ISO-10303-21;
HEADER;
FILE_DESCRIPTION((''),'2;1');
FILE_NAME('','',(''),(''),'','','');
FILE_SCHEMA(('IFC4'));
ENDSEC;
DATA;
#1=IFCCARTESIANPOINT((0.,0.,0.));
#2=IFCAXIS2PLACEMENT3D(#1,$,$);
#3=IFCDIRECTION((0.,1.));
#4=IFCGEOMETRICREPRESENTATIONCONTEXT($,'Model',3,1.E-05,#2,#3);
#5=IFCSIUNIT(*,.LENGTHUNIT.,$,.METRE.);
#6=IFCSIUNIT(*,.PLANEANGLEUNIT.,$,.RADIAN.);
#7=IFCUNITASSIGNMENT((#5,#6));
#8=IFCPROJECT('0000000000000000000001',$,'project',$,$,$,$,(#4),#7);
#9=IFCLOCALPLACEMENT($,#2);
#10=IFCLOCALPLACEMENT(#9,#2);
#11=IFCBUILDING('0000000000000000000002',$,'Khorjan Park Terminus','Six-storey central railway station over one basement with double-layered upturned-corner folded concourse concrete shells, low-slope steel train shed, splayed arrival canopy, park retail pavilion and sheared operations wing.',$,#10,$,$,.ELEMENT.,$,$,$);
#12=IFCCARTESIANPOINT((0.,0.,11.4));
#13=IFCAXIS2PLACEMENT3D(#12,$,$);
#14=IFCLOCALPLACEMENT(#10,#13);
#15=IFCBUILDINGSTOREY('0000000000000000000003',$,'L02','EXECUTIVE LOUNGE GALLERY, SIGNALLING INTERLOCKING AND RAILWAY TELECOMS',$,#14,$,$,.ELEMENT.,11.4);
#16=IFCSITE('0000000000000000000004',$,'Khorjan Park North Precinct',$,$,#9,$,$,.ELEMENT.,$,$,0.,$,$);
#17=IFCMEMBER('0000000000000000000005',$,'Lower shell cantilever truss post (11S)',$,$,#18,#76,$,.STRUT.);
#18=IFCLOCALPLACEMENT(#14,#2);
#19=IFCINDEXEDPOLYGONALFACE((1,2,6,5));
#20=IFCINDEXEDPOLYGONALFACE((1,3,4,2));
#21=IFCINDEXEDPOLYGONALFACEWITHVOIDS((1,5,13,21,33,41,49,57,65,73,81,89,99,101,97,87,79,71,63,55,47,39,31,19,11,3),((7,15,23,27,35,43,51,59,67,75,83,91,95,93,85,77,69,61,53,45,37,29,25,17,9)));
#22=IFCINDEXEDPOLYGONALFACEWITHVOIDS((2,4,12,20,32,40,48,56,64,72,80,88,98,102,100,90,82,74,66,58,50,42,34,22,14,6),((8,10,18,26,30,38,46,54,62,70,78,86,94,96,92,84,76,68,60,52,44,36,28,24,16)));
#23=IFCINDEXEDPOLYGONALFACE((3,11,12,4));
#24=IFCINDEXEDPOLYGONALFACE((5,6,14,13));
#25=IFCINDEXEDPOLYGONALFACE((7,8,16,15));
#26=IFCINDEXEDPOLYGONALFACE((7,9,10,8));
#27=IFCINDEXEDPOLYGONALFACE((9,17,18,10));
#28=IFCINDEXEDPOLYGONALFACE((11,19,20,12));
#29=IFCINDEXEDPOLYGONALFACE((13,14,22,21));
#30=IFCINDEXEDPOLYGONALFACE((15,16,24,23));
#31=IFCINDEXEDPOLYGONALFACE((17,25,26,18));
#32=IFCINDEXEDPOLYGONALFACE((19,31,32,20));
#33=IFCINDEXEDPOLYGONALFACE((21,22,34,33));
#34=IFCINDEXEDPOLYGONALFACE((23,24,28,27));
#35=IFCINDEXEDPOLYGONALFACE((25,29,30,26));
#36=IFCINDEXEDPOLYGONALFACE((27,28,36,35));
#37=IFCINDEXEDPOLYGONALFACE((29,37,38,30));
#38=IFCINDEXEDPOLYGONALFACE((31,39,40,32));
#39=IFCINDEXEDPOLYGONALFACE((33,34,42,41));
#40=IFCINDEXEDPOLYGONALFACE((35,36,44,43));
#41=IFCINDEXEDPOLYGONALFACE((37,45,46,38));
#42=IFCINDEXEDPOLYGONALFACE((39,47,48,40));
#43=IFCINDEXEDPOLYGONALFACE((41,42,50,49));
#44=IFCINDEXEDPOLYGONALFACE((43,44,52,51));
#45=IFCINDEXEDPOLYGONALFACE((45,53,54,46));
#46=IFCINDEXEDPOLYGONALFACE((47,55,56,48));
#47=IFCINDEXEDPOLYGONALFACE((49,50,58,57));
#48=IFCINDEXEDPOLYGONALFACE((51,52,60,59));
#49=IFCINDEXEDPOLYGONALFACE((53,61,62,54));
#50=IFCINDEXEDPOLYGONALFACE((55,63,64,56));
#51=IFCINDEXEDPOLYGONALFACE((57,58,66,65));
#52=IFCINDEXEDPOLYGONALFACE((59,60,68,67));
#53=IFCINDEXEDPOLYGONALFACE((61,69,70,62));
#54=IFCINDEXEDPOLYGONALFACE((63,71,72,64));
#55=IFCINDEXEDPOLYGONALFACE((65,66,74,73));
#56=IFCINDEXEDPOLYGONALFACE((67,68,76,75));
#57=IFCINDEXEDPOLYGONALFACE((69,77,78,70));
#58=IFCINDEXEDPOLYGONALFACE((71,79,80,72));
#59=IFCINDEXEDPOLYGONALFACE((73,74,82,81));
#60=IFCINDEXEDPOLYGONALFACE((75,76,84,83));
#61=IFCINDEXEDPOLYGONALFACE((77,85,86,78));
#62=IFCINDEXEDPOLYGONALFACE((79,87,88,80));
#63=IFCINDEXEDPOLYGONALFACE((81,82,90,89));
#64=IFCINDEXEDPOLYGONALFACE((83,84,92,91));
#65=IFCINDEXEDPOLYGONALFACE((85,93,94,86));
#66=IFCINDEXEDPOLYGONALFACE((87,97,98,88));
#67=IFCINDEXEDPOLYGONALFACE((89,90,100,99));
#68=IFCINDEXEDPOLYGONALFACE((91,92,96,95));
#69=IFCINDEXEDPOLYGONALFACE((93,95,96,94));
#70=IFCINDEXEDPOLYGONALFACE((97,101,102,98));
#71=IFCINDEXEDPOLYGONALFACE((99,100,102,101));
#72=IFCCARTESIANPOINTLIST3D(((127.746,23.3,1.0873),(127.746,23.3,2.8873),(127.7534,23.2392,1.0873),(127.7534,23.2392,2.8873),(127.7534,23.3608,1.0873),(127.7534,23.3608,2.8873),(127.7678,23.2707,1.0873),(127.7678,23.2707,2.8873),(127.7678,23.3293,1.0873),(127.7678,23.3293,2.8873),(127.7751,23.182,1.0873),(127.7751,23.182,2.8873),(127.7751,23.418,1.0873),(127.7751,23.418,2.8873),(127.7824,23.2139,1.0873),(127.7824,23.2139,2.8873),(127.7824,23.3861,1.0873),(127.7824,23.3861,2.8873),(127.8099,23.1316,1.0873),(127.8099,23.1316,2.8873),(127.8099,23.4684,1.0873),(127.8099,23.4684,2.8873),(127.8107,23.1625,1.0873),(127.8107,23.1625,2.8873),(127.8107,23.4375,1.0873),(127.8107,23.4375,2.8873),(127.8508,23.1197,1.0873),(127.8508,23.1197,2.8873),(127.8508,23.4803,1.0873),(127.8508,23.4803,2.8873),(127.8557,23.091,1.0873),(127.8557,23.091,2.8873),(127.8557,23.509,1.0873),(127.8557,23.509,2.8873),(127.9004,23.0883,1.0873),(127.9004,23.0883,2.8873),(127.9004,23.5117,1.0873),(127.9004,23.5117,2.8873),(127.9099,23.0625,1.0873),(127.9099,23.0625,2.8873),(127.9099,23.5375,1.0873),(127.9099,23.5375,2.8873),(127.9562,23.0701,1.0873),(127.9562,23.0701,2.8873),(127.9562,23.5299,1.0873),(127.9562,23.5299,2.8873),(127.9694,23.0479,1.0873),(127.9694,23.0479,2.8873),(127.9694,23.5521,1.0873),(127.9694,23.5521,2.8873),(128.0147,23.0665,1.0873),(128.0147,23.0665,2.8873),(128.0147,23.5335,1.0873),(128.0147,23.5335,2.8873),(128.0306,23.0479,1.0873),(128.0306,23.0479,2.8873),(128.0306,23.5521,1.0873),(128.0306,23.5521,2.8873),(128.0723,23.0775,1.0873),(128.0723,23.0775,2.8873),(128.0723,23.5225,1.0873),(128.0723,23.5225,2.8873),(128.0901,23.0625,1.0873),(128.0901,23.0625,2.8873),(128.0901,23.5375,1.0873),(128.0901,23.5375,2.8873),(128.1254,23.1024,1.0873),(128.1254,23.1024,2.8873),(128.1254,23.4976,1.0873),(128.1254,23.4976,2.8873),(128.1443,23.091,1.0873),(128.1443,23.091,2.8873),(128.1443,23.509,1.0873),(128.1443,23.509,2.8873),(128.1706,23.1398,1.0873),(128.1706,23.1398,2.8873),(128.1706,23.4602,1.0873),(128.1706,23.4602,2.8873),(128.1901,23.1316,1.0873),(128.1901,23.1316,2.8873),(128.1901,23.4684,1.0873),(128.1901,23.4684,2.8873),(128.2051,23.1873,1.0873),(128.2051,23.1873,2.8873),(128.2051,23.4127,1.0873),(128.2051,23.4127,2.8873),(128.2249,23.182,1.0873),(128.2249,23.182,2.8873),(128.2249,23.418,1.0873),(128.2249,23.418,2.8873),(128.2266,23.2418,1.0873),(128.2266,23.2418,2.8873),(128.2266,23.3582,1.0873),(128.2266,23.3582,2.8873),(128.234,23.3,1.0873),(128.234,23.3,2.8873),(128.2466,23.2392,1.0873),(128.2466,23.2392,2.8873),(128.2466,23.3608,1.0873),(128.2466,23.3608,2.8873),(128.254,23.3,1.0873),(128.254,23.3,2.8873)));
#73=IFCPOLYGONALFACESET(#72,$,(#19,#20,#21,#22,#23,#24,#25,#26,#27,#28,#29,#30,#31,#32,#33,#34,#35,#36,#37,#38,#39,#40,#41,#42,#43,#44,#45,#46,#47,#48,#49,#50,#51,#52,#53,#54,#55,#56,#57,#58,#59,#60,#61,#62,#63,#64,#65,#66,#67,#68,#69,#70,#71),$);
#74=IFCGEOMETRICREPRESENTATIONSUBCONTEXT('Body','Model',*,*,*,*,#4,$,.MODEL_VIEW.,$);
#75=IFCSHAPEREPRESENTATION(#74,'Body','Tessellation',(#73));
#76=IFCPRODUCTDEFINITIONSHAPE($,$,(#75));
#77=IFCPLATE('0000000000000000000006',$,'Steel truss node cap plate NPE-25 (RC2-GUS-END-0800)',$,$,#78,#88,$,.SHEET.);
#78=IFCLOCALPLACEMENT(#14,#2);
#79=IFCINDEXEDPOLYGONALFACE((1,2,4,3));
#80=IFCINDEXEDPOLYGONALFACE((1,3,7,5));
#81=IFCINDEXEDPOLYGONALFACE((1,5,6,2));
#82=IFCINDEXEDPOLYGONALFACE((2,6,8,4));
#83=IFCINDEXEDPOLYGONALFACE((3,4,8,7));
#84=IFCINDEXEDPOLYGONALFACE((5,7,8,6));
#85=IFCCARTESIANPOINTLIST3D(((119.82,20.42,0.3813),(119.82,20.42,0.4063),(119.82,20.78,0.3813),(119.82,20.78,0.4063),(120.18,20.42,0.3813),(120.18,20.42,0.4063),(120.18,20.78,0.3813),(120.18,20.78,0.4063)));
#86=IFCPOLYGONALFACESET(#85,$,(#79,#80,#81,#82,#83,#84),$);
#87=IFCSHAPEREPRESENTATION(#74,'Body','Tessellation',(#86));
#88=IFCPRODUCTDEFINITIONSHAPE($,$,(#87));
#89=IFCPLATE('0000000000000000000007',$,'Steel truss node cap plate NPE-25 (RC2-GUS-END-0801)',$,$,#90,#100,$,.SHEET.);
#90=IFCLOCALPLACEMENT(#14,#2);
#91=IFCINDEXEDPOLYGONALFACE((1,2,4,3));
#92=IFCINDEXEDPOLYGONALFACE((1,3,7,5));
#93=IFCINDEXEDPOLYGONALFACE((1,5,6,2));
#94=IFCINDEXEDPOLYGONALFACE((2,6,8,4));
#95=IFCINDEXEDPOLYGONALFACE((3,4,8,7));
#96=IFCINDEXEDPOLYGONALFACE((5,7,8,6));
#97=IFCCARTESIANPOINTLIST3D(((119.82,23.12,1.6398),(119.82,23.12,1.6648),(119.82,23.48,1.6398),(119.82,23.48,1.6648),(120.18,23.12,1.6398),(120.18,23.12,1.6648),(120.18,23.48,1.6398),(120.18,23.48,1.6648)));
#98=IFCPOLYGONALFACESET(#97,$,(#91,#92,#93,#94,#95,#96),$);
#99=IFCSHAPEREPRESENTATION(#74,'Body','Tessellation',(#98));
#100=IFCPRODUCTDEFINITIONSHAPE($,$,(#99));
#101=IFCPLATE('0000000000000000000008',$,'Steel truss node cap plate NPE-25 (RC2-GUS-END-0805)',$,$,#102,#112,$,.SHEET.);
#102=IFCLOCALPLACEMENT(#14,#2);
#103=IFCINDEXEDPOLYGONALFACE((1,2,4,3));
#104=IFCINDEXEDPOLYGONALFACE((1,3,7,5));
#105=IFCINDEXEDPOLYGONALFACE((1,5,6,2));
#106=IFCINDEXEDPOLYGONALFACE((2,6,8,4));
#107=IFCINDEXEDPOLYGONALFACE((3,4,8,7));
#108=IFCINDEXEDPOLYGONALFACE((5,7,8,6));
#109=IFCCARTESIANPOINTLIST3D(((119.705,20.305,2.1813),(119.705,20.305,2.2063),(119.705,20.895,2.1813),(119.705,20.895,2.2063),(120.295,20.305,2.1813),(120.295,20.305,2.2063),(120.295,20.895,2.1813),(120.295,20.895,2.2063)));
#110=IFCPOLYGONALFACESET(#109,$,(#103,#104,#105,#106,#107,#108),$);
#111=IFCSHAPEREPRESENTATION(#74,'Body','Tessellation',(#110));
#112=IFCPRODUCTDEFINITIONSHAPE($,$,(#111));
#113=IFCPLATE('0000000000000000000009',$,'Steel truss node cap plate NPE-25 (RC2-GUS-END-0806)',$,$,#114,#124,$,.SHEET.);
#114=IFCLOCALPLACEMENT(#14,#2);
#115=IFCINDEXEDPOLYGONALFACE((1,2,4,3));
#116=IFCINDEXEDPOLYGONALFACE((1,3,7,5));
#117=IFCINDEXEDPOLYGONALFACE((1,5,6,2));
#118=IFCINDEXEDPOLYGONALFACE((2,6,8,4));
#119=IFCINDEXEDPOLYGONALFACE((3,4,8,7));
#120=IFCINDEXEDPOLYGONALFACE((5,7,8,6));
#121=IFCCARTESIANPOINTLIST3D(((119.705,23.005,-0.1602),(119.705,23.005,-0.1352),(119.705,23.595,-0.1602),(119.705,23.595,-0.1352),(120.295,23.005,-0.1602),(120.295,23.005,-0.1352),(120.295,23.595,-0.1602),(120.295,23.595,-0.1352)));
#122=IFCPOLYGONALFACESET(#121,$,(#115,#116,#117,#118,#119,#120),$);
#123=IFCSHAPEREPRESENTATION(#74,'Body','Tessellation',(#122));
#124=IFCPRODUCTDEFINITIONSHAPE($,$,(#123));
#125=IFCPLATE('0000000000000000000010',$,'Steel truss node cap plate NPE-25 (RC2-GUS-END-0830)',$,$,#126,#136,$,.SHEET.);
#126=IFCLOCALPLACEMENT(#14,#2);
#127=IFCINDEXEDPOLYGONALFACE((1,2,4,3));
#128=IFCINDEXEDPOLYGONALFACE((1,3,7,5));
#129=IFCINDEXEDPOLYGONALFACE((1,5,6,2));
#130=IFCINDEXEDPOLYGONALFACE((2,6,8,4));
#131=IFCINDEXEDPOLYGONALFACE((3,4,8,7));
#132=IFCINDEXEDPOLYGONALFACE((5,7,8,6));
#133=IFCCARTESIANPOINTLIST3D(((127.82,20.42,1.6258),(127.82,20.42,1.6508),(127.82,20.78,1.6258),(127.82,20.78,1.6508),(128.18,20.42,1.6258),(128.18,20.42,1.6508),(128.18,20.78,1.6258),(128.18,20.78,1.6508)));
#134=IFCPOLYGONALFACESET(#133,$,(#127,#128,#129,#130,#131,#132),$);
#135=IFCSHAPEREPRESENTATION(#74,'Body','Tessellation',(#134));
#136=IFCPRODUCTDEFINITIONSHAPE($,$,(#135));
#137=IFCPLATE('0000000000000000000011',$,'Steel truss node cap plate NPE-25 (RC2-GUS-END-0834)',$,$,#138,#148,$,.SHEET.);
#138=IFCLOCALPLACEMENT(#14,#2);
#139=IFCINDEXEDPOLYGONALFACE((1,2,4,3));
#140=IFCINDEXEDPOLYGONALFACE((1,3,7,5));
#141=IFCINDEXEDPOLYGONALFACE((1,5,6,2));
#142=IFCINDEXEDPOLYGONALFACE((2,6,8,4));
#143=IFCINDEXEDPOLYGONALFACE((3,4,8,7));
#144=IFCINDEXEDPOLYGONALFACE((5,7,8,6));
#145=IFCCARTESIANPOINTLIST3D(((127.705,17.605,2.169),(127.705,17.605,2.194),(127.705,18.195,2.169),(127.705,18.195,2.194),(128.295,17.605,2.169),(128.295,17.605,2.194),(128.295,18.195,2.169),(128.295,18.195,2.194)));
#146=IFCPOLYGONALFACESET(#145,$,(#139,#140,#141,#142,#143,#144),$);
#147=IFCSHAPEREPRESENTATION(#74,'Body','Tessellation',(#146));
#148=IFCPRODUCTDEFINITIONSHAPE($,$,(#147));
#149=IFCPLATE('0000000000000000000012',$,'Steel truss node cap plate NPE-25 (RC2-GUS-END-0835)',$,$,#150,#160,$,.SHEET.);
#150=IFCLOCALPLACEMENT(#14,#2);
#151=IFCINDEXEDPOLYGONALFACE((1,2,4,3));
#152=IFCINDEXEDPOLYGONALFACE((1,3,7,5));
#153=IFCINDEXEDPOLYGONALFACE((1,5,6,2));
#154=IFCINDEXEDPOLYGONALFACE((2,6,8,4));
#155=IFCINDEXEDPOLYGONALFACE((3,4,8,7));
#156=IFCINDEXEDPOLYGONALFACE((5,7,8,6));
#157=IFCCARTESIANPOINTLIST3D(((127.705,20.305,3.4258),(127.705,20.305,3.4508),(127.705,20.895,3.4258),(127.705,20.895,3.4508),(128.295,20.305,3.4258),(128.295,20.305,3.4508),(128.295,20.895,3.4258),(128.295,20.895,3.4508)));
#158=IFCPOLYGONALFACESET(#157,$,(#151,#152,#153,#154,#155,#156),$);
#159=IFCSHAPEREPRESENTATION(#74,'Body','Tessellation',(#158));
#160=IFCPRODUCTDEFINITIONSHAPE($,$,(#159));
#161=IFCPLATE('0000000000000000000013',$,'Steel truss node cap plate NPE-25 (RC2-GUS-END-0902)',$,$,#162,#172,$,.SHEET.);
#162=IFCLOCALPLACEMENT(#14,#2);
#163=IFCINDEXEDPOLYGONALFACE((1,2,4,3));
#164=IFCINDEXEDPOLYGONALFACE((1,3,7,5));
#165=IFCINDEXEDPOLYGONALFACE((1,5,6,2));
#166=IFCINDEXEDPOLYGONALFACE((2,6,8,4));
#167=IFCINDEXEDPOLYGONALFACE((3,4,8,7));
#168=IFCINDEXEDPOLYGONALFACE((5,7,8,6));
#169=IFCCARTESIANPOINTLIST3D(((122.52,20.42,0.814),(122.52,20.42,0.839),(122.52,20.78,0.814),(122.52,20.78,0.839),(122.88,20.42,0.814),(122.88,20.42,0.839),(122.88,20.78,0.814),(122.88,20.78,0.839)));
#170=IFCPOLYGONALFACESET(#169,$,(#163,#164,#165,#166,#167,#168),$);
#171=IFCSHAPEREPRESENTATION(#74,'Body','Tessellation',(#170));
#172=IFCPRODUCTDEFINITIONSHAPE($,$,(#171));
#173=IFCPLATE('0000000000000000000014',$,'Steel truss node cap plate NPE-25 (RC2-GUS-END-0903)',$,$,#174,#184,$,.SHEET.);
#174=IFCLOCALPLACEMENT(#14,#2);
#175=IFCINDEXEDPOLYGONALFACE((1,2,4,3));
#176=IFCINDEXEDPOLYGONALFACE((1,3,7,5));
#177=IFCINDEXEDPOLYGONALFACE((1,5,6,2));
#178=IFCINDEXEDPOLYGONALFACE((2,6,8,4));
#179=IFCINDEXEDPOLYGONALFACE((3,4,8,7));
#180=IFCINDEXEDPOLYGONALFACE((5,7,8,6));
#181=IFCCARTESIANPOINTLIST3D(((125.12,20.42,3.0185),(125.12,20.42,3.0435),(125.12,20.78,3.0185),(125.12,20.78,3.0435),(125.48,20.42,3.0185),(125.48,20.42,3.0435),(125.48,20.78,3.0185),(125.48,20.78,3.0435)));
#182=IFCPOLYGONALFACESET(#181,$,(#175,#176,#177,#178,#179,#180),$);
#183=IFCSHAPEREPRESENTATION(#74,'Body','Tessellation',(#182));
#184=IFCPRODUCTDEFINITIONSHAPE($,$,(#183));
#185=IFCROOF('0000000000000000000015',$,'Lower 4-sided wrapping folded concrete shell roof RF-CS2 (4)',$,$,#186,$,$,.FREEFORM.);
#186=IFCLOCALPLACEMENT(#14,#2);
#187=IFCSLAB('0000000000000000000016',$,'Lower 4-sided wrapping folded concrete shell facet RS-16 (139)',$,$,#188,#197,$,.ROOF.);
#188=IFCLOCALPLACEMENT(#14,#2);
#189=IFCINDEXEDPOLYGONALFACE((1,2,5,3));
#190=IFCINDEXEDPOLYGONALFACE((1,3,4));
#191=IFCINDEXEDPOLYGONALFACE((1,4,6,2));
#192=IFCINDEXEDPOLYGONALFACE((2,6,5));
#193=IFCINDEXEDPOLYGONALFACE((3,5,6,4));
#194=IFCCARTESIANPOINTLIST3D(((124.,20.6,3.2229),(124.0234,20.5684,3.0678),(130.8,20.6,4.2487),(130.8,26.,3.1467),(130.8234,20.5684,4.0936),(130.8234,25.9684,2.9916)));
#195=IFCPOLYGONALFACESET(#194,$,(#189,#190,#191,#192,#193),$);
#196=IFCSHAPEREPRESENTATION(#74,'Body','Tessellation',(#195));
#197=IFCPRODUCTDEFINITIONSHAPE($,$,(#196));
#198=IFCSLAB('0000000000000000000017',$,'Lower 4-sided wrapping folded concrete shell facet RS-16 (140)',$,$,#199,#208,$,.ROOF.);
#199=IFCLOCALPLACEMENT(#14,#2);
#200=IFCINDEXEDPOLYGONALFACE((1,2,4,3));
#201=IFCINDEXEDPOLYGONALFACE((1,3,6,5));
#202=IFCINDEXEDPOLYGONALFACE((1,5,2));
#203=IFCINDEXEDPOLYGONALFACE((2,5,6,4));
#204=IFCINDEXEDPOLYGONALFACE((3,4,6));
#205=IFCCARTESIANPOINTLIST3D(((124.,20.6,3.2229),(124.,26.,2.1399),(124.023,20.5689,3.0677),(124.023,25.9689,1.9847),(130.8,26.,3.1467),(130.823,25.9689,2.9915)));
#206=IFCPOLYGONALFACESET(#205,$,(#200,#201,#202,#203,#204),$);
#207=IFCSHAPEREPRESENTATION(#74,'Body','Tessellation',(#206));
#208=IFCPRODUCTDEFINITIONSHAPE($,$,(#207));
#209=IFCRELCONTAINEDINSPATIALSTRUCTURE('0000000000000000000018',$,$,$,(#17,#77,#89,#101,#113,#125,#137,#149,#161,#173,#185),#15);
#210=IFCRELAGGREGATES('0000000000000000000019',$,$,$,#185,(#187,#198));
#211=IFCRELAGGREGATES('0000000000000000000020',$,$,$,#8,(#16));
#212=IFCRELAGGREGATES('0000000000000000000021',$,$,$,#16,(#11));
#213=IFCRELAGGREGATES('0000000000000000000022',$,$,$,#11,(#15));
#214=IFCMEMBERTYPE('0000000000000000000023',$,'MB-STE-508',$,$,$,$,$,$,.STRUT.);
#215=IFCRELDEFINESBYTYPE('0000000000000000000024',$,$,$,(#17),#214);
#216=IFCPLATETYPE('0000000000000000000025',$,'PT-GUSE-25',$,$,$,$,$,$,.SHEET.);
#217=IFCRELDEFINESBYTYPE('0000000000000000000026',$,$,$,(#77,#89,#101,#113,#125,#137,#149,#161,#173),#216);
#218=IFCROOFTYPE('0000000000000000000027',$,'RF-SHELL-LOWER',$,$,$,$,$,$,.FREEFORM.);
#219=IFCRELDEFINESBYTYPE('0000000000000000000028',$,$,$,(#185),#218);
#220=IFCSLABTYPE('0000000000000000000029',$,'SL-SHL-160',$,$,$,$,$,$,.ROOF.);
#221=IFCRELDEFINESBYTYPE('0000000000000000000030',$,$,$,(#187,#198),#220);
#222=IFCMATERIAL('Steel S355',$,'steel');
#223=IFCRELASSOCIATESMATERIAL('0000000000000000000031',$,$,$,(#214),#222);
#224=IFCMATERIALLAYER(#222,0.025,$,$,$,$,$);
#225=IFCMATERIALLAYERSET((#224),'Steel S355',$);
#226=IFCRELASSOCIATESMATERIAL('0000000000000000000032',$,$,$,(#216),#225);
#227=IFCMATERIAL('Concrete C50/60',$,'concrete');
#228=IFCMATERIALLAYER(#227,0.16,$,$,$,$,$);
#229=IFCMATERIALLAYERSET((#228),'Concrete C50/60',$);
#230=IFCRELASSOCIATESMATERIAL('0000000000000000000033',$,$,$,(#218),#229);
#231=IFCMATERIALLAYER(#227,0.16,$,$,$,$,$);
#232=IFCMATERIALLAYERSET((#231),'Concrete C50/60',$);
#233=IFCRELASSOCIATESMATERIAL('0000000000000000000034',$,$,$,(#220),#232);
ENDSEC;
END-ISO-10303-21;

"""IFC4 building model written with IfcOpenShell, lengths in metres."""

from ifc_helpers import new_model, si_unit, direction, frame, origin, origin_2d, place, context, subcontext, project, spatial, polyline, rectangle, hollow_circle, outline, extrude, material, layer, layer_set, material_profile, profile_set, type_object, element, aggregate, save


model = new_model("IFC4")

# Units and contexts
model_context = context("Model", 3, precision=1e-05, world=origin(), true_north=direction((0.0, 1.0)))
body_context = subcontext(model_context, "Body", "Model", "MODEL_VIEW")
ifc_project = project(units=[si_unit("LENGTHUNIT", "METRE"), si_unit("PLANEANGLEUNIT", "RADIAN")], contexts=[model_context])

# Site, building, storey
site_placement = place(None, origin())
site = spatial("IfcSite", under=ifc_project, at=site_placement, Name="Khorjan Park North Precinct", CompositionType="ELEMENT", RefElevation=0.0)
building_placement = place(site_placement, origin())
building = spatial("IfcBuilding", under=site, at=building_placement, Name="Khorjan Park Terminus", Description="Six-storey central railway station over one basement with double-layered upturned-corner folded concourse concrete shells, low-slope steel train shed, splayed arrival canopy, park retail pavilion and sheared operations wing.", CompositionType="ELEMENT")
storey_placement = place(building_placement, frame((0.0, 0.0, 11.4)))
storey = spatial("IfcBuildingStorey", under=building, at=storey_placement, Name="L02", Description="EXECUTIVE LOUNGE GALLERY, SIGNALLING INTERLOCKING AND RAILWAY TELECOMS", CompositionType="ELEMENT", Elevation=11.4)

# Member
ifc_material_1 = material(Name="Steel S355", Category="steel")
ifc_material_profile_1 = material_profile(ifc_material_1, hollow_circle(Radius=0.254, WallThickness=0.02, at=origin_2d()), Name="CHS 508x20")
ifc_profile_set_1 = profile_set([ifc_material_profile_1], Name="Steel S355")
member_type_1 = type_object("IfcMemberType", Name="MB-STE-508", PredefinedType="STRUT", material=ifc_profile_set_1)
for number, where, z_axis, x_axis, name in (
    (1, (128.0, 23.3, 1.0873), (0.0, 0.0, 1.0), (1.0, 0.0, 0.0), "Lower shell cantilever truss post (11S)"),
):
    element("IfcMember", number, at=place(storey_placement, frame(where, z_axis=z_axis, x_axis=x_axis)), inside=storey, type_object=member_type_1, Name=name, PredefinedType="STRUT", context=body_context, shape_type="SweptSolid", body=[
        extrude(hollow_circle(Radius=0.254, WallThickness=0.02, at=origin_2d()), origin(), (0.0, 0.0, 1.0), 1.8),
    ])

# Plates
ifc_layer_1 = layer(ifc_material_1, 0.025)
ifc_layer_set_1 = layer_set([ifc_layer_1], Name="Steel S355")
plate_type = type_object("IfcPlateType", Name="PT-GUSE-25", PredefinedType="SHEET", material=ifc_layer_set_1)
for number, where, z_axis, x_axis, name in (
    (2, (120.0, 20.6, 0.3813), (0.0, 0.0, 1.0), (1.0, 0.0, 0.0), "Steel truss node cap plate NPE-25 (RC2-GUS-END-0800)"),
    (3, (120.0, 23.3, 1.6398), (0.0, 0.0, 1.0), (1.0, 0.0, 0.0), "Steel truss node cap plate NPE-25 (RC2-GUS-END-0801)"),
):
    element("IfcPlate", number, at=place(storey_placement, frame(where, z_axis=z_axis, x_axis=x_axis)), inside=storey, type_object=plate_type, Name=name, PredefinedType="SHEET", context=body_context, shape_type="SweptSolid", body=[
        extrude(rectangle(XDim=0.36, YDim=0.36, at=origin_2d()), origin(), (0.0, 0.0, 1.0), 0.025),
    ])
for number, where, z_axis, x_axis, name in (
    (4, (120.0, 20.6, 2.1813), (0.0, 0.0, 1.0), (1.0, 0.0, 0.0), "Steel truss node cap plate NPE-25 (RC2-GUS-END-0805)"),
    (5, (120.0, 23.3, -0.1602), (0.0, 0.0, 1.0), (1.0, 0.0, 0.0), "Steel truss node cap plate NPE-25 (RC2-GUS-END-0806)"),
):
    element("IfcPlate", number, at=place(storey_placement, frame(where, z_axis=z_axis, x_axis=x_axis)), inside=storey, type_object=plate_type, Name=name, PredefinedType="SHEET", context=body_context, shape_type="SweptSolid", body=[
        extrude(rectangle(XDim=0.59, YDim=0.59, at=origin_2d()), origin(), (0.0, 0.0, 1.0), 0.025),
    ])
plate_placement = place(storey_placement, frame((128.0, 20.6, 1.6258), z_axis=(0.0, 0.0, 1.0), x_axis=(1.0, 0.0, 0.0)))
element("IfcPlate", 6, at=plate_placement, inside=storey, type_object=plate_type, Name="Steel truss node cap plate NPE-25 (RC2-GUS-END-0830)", PredefinedType="SHEET", context=body_context, shape_type="SweptSolid", body=[
    extrude(rectangle(XDim=0.36, YDim=0.36, at=origin_2d()), origin(), (0.0, 0.0, 1.0), 0.025),
])
for number, where, z_axis, x_axis, name in (
    (7, (128.0, 17.9, 2.169), (0.0, 0.0, 1.0), (1.0, 0.0, 0.0), "Steel truss node cap plate NPE-25 (RC2-GUS-END-0834)"),
    (8, (128.0, 20.6, 3.4258), (0.0, 0.0, 1.0), (1.0, 0.0, 0.0), "Steel truss node cap plate NPE-25 (RC2-GUS-END-0835)"),
):
    element("IfcPlate", number, at=place(storey_placement, frame(where, z_axis=z_axis, x_axis=x_axis)), inside=storey, type_object=plate_type, Name=name, PredefinedType="SHEET", context=body_context, shape_type="SweptSolid", body=[
        extrude(rectangle(XDim=0.59, YDim=0.59, at=origin_2d()), origin(), (0.0, 0.0, 1.0), 0.025),
    ])
for number, where, z_axis, x_axis, name in (
    (9, (122.7, 20.6, 0.814), (0.0, 0.0, 1.0), (1.0, 0.0, 0.0), "Steel truss node cap plate NPE-25 (RC2-GUS-END-0902)"),
    (10, (125.3, 20.6, 3.0185), (0.0, 0.0, 1.0), (1.0, 0.0, 0.0), "Steel truss node cap plate NPE-25 (RC2-GUS-END-0903)"),
):
    element("IfcPlate", number, at=place(storey_placement, frame(where, z_axis=z_axis, x_axis=x_axis)), inside=storey, type_object=plate_type, Name=name, PredefinedType="SHEET", context=body_context, shape_type="SweptSolid", body=[
        extrude(rectangle(XDim=0.36, YDim=0.36, at=origin_2d()), origin(), (0.0, 0.0, 1.0), 0.025),
    ])

# Roof, slabs
ifc_material_2 = material(Name="Concrete C50/60", Category="concrete")
ifc_layer_2 = layer(ifc_material_2, 0.16)
ifc_layer_set_2 = layer_set([ifc_layer_2], Name="Concrete C50/60")
roof_type = type_object("IfcRoofType", Name="RF-SHELL-LOWER", PredefinedType="FREEFORM", material=ifc_layer_set_2)
roof_placement = place(storey_placement, origin())
roof = element("IfcRoof", 11, at=roof_placement, inside=storey, type_object=roof_type, Name="Lower 4-sided wrapping folded concrete shell roof RF-CS2 (4)", PredefinedType="FREEFORM")
ifc_layer_3 = layer(ifc_material_2, 0.16)
ifc_layer_set_3 = layer_set([ifc_layer_3], Name="Concrete C50/60")
slab_type = type_object("IfcSlabType", Name="SL-SHL-160", PredefinedType="ROOF", material=ifc_layer_set_3)
slab_1_placement = place(storey_placement, frame((124.0, 20.6, 3.2229), z_axis=(-0.146218, 0.197804, 0.969275), x_axis=(0.988812, 0.0, 0.149165)))
slab_1 = element("IfcSlab", 12, at=slab_1_placement, type_object=slab_type, Name="Lower 4-sided wrapping folded concrete shell facet RS-16 (139)", PredefinedType="ROOF", context=body_context, shape_type="SweptSolid", body=[
    extrude(outline(polyline([(0.0, 0.0), (6.8769, 0.0), (6.7126, 5.5088), (0.0, 0.0)])), origin(), (0.0, 0.0, -1.0), 0.16),
])
slab_2_placement = place(storey_placement, frame((124.0, 20.6, 3.2229), z_axis=(-0.143662, 0.1946, 0.970305), x_axis=(0.783081, 0.621858, -0.008775)))
slab_2 = element("IfcSlab", 13, at=slab_2_placement, type_object=slab_type, Name="Lower 4-sided wrapping folded concrete shell facet RS-16 (140)", PredefinedType="ROOF", context=body_context, shape_type="SweptSolid", body=[
    extrude(outline(polyline([(0.0, 0.0), (8.6837, 0.0), (3.3675, 4.358), (0.0, 0.0)])), origin(), (0.0, 0.0, -1.0), 0.16),
])
aggregate(roof, [slab_1, slab_2])

save(model, "model.ifc")
